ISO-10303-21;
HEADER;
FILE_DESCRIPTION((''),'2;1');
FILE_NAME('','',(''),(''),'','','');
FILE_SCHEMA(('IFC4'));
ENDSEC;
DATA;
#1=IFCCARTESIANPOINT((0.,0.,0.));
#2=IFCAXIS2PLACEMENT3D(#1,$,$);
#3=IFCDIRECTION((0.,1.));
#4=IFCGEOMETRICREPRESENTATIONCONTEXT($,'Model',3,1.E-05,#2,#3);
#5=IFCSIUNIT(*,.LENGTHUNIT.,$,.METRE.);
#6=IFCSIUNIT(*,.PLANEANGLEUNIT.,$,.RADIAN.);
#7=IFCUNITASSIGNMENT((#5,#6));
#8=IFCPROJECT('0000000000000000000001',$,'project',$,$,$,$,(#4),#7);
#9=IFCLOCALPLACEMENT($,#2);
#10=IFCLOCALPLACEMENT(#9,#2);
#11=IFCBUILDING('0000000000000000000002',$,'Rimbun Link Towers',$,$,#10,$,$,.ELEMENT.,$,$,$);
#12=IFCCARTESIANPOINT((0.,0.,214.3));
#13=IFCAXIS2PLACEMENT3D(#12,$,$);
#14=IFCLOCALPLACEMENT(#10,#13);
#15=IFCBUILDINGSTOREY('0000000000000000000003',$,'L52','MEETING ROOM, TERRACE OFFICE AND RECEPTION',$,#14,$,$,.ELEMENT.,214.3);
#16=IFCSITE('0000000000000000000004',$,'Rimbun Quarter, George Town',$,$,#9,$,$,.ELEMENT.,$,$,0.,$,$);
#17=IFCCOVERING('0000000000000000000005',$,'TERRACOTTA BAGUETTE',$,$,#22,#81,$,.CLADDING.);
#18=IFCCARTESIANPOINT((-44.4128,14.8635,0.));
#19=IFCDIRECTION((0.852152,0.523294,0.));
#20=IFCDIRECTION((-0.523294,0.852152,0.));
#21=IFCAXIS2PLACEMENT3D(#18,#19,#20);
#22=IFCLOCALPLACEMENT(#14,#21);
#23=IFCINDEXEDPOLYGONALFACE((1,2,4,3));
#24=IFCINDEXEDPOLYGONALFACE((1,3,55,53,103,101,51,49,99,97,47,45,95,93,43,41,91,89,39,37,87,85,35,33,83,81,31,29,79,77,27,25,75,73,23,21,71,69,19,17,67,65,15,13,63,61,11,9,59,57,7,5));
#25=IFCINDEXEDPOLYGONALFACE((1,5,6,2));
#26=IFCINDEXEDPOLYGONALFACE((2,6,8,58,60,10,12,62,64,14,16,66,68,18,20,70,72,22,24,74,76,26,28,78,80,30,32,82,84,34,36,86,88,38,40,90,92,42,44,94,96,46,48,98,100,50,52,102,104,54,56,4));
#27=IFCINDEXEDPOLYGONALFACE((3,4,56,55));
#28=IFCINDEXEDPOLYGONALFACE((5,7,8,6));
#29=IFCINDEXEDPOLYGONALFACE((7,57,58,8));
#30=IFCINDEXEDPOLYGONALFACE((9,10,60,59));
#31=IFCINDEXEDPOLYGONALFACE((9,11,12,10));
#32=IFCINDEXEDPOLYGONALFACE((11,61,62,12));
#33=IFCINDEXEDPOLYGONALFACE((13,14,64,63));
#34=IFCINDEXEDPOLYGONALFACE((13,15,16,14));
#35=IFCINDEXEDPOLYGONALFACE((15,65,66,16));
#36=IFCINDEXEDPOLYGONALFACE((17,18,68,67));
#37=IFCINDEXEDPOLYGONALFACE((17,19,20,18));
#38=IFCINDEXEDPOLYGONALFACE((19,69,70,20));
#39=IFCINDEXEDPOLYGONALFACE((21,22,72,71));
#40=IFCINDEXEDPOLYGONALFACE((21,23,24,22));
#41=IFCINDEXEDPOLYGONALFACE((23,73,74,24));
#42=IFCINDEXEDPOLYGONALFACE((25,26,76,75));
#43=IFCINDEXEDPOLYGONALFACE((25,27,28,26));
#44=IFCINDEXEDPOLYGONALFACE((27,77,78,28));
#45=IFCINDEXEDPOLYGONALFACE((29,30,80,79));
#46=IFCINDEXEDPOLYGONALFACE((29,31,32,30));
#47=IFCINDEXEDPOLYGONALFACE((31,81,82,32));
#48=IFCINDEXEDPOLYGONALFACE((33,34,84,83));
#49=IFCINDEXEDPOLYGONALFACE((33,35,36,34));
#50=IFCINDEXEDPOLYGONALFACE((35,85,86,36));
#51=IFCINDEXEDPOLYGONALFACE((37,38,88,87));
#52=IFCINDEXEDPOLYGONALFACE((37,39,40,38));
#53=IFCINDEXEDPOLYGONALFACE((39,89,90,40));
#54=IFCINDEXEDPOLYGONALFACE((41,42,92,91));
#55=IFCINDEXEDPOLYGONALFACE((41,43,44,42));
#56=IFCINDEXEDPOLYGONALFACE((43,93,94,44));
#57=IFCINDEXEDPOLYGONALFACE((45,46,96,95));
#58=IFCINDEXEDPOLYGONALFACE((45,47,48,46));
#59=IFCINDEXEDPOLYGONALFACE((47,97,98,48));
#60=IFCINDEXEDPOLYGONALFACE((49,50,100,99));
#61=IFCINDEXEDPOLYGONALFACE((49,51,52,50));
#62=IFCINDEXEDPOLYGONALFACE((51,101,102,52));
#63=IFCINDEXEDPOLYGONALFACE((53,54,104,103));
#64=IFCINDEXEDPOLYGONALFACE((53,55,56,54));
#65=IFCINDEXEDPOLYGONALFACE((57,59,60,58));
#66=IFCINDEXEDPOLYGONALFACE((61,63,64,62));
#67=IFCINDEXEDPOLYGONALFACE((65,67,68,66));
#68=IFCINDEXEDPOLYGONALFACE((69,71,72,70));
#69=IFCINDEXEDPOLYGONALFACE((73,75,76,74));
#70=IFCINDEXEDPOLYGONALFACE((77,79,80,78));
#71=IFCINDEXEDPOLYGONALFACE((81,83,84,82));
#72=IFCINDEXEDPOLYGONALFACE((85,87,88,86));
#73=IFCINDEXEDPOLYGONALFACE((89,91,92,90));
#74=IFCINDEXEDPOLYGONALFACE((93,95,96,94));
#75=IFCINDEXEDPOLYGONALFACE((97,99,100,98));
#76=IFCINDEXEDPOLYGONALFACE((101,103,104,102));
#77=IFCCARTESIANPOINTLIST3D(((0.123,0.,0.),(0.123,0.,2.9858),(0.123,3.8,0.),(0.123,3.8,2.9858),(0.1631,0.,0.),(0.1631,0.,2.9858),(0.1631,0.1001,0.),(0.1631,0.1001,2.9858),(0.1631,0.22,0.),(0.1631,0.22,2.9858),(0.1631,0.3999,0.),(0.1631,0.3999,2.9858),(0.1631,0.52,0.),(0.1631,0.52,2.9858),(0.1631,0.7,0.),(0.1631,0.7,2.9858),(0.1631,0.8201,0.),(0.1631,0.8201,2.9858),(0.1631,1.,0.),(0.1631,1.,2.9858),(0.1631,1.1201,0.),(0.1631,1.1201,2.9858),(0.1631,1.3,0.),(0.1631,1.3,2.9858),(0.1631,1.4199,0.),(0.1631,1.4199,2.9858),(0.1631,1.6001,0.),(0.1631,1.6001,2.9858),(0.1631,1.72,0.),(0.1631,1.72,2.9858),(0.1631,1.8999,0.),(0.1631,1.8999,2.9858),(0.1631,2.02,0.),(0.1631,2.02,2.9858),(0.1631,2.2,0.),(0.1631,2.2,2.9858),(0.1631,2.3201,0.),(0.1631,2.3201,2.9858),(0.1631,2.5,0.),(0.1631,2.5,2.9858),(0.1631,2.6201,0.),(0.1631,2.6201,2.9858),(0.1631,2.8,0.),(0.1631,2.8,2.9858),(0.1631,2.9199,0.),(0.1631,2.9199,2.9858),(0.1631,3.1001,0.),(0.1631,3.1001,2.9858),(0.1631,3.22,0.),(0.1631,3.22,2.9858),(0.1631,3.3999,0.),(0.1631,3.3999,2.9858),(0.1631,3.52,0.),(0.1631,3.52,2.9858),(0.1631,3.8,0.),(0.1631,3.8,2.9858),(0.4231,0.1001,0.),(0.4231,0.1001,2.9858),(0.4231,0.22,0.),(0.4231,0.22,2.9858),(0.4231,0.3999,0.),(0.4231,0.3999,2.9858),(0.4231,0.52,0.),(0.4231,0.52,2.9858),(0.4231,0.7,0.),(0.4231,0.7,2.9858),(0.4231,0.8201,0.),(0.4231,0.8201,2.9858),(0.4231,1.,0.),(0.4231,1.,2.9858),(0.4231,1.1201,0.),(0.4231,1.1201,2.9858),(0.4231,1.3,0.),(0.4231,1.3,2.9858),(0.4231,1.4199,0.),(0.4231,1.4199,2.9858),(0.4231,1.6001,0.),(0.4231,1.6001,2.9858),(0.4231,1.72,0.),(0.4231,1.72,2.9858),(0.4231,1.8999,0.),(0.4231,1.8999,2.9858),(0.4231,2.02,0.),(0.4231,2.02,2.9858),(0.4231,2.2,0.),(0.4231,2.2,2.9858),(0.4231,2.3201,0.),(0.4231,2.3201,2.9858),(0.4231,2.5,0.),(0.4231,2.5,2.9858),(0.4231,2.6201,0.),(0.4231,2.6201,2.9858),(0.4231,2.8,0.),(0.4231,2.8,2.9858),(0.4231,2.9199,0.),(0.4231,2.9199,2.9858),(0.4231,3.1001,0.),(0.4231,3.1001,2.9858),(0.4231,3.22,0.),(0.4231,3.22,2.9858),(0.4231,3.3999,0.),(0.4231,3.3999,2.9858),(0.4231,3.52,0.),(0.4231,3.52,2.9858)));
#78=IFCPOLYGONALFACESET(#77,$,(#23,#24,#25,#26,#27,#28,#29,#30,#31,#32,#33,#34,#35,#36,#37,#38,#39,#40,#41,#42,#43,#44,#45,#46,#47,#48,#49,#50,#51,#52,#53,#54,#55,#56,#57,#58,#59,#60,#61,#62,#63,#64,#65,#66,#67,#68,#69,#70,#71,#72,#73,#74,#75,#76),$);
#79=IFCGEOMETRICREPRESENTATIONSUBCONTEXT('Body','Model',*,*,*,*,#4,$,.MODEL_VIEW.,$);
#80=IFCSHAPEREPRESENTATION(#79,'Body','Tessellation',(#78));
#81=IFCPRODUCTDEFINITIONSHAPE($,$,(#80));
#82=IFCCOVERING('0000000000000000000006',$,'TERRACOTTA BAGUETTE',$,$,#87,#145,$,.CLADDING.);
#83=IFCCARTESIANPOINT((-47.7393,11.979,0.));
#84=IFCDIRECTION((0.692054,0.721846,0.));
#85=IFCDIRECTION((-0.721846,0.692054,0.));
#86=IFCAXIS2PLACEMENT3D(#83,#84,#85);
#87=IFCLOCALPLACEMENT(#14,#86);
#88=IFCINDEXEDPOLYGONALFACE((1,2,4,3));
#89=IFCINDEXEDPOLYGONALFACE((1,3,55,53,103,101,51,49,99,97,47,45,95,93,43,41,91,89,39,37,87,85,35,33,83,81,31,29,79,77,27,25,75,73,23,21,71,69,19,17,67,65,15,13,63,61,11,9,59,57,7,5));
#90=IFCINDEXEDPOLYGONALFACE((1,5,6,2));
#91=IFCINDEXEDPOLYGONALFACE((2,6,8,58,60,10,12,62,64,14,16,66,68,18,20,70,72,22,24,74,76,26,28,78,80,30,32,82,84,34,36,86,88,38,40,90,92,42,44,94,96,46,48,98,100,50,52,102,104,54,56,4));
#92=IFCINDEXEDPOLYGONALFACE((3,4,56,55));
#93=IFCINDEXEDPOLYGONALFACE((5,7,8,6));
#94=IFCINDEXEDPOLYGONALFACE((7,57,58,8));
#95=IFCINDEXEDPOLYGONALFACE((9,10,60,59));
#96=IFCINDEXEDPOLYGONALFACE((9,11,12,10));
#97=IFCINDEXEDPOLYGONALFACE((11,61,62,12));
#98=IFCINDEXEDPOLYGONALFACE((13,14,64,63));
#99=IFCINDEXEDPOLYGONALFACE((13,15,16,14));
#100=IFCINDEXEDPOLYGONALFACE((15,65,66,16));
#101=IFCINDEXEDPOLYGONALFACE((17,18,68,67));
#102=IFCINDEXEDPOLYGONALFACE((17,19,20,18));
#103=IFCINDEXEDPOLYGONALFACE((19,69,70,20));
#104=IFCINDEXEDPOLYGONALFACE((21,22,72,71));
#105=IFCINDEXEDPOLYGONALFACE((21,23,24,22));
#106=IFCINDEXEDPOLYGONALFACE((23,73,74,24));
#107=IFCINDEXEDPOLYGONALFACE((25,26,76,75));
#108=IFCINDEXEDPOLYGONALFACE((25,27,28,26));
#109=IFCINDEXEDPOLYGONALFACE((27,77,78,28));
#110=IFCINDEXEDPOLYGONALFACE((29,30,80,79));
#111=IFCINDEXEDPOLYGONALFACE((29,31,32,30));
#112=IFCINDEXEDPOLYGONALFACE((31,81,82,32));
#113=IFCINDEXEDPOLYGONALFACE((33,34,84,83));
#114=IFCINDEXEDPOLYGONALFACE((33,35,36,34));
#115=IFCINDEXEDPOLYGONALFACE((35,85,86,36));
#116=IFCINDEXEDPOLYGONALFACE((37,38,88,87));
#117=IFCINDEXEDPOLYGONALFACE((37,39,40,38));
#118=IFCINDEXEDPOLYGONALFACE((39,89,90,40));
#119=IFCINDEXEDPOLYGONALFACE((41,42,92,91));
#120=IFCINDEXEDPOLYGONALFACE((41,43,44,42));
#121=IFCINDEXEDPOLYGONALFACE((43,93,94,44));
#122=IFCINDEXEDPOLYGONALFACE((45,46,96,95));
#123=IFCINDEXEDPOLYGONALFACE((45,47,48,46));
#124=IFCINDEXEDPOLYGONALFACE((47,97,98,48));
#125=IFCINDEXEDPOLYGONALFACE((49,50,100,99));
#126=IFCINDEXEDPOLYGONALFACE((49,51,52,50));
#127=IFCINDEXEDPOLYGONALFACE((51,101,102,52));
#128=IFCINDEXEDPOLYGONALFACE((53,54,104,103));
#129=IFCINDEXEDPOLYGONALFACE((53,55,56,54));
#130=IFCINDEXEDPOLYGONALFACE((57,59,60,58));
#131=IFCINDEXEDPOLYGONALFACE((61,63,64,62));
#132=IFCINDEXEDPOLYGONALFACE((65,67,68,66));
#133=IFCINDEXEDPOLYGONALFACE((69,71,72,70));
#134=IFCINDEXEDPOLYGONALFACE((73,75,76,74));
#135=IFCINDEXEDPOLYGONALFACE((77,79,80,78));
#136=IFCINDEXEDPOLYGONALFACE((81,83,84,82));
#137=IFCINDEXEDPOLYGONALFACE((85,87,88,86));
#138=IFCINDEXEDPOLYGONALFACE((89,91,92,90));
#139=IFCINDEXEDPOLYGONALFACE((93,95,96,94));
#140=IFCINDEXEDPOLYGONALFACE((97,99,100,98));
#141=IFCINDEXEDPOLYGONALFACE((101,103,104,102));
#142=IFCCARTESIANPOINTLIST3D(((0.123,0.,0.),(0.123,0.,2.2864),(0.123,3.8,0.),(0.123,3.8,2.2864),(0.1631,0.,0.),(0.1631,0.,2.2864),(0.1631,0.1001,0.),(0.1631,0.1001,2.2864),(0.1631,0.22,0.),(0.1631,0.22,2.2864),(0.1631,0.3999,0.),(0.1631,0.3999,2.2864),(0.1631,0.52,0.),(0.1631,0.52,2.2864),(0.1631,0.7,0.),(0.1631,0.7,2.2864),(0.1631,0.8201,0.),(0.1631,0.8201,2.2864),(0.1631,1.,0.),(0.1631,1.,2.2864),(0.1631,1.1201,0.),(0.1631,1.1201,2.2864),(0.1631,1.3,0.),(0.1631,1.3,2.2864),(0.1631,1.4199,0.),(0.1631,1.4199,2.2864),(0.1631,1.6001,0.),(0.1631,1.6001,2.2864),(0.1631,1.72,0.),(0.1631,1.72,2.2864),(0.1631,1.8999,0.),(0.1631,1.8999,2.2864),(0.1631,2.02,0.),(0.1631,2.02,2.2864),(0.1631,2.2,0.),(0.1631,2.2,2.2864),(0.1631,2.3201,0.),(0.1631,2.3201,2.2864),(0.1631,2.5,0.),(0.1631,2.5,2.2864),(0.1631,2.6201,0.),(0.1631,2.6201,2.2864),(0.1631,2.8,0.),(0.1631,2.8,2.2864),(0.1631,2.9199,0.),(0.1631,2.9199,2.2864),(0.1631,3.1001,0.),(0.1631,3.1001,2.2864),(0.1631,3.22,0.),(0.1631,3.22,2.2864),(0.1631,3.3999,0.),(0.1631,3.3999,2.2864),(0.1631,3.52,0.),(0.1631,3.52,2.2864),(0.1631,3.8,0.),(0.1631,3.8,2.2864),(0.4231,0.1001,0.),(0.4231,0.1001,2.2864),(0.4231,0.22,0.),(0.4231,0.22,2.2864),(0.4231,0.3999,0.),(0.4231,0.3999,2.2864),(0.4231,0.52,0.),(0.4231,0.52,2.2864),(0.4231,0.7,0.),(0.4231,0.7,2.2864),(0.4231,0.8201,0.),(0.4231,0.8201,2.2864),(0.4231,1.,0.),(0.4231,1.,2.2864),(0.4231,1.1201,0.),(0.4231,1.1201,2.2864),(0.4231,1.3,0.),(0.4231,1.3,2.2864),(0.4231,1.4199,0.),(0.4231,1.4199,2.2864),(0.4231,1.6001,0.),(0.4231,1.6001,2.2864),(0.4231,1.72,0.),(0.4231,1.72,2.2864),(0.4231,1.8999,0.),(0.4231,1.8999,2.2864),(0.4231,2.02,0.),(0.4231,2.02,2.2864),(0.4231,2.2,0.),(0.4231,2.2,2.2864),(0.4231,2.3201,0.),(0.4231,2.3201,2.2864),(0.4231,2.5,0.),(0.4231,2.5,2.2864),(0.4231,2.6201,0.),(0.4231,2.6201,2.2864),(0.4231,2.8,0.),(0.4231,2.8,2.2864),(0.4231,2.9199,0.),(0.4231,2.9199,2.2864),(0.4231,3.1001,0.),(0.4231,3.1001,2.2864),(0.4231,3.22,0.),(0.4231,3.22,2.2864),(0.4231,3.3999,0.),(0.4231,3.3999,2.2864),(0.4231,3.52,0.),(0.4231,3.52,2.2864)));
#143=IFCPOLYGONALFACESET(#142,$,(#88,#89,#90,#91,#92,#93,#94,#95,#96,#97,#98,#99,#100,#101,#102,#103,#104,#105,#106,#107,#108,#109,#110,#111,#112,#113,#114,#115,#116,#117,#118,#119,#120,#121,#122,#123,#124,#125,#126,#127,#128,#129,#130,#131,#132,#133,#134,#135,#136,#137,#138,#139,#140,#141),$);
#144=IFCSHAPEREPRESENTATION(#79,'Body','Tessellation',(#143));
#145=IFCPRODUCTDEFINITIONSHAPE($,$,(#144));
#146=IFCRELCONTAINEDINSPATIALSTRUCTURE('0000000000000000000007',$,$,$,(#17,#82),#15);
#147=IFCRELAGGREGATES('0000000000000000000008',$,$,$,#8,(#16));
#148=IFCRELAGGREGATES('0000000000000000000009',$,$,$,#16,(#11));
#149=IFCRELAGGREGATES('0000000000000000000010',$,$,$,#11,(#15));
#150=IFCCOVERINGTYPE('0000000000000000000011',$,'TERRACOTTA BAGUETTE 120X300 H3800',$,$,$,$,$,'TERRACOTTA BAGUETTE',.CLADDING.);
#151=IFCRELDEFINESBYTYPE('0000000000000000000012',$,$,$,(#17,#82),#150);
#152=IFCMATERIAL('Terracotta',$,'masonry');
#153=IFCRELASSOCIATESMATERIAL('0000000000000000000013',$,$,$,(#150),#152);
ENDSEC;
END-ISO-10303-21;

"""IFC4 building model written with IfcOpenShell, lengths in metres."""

from ifc_helpers import new_model, si_unit, direction, frame, origin, place, context, subcontext, project, spatial, polyline, outline, extrude, material, material_profile, profile_set, type_object, element, save


model = new_model("IFC4")

# Units and contexts
model_context = context("Model", 3, precision=1e-05, world=origin(), true_north=direction((0.0, 1.0)))
body_context = subcontext(model_context, "Body", "Model", "MODEL_VIEW")
ifc_project = project(units=[si_unit("LENGTHUNIT", "METRE"), si_unit("PLANEANGLEUNIT", "RADIAN")], contexts=[model_context])

# Site, building, storey
site_placement = place(None, origin())
site = spatial("IfcSite", under=ifc_project, at=site_placement, Name="Rimbun Quarter, George Town", CompositionType="ELEMENT", RefElevation=0.0)
building_placement = place(site_placement, origin())
building = spatial("IfcBuilding", under=site, at=building_placement, Name="Rimbun Link Towers", CompositionType="ELEMENT")
storey_placement = place(building_placement, frame((0.0, 0.0, 214.3)))
storey = spatial("IfcBuildingStorey", under=building, at=storey_placement, Name="L52", Description="MEETING ROOM, TERRACE OFFICE AND RECEPTION", CompositionType="ELEMENT", Elevation=214.3)

# Coverings
ifc_material_1 = material(Name="Terracotta", Category="masonry")
ifc_material_profile_1 = material_profile(ifc_material_1, outline(polyline([(0.123, 0.0), (0.1631, 0.0), (0.1631, 0.1001), (0.4231, 0.1001), (0.4231, 0.22), (0.1631, 0.22), (0.1631, 0.3999), (0.4231, 0.3999), (0.4231, 0.52), (0.1631, 0.52), (0.1631, 0.7), (0.4231, 0.7), (0.4231, 0.8201), (0.1631, 0.8201), (0.1631, 1.0), (0.4231, 1.0), (0.4231, 1.1201), (0.1631, 1.1201), (0.1631, 1.3), (0.4231, 1.3), (0.4231, 1.4199), (0.1631, 1.4199), (0.1631, 1.6001), (0.4231, 1.6001), (0.4231, 1.72), (0.1631, 1.72), (0.1631, 1.8999), (0.4231, 1.8999), (0.4231, 2.02), (0.1631, 2.02), (0.1631, 2.2), (0.4231, 2.2), (0.4231, 2.3201), (0.1631, 2.3201), (0.1631, 2.5), (0.4231, 2.5), (0.4231, 2.6201), (0.1631, 2.6201), (0.1631, 2.8), (0.4231, 2.8), (0.4231, 2.9199), (0.1631, 2.9199), (0.1631, 3.1001), (0.4231, 3.1001), (0.4231, 3.22), (0.1631, 3.22), (0.1631, 3.3999), (0.4231, 3.3999), (0.4231, 3.52), (0.1631, 3.52), (0.1631, 3.8), (0.123, 3.8), (0.123, 0.0)])), Name="BAGUETTE 120X300")
ifc_profile_set_1 = profile_set([ifc_material_profile_1], Name="Terracotta")
covering_type = type_object("IfcCoveringType", Name="TERRACOTTA BAGUETTE 120X300 H3800", ElementType="TERRACOTTA BAGUETTE", PredefinedType="CLADDING", material=ifc_profile_set_1)
covering_1_placement = place(storey_placement, frame((-44.4128, 14.8635, 0.0), z_axis=(0.852152, 0.523294, 0.0), x_axis=(-0.523294, 0.852152, 0.0)))
element("IfcCovering", 1, at=covering_1_placement, inside=storey, type_object=covering_type, Name="TERRACOTTA BAGUETTE", PredefinedType="CLADDING", context=body_context, shape_type="SweptSolid", body=[
    extrude(outline(polyline([(0.123, 0.0), (0.1631, 0.0), (0.1631, 0.1001), (0.4231, 0.1001), (0.4231, 0.22), (0.1631, 0.22), (0.1631, 0.3999), (0.4231, 0.3999), (0.4231, 0.52), (0.1631, 0.52), (0.1631, 0.7), (0.4231, 0.7), (0.4231, 0.8201), (0.1631, 0.8201), (0.1631, 1.0), (0.4231, 1.0), (0.4231, 1.1201), (0.1631, 1.1201), (0.1631, 1.3), (0.4231, 1.3), (0.4231, 1.4199), (0.1631, 1.4199), (0.1631, 1.6001), (0.4231, 1.6001), (0.4231, 1.72), (0.1631, 1.72), (0.1631, 1.8999), (0.4231, 1.8999), (0.4231, 2.02), (0.1631, 2.02), (0.1631, 2.2), (0.4231, 2.2), (0.4231, 2.3201), (0.1631, 2.3201), (0.1631, 2.5), (0.4231, 2.5), (0.4231, 2.6201), (0.1631, 2.6201), (0.1631, 2.8), (0.4231, 2.8), (0.4231, 2.9199), (0.1631, 2.9199), (0.1631, 3.1001), (0.4231, 3.1001), (0.4231, 3.22), (0.1631, 3.22), (0.1631, 3.3999), (0.4231, 3.3999), (0.4231, 3.52), (0.1631, 3.52), (0.1631, 3.8), (0.123, 3.8), (0.123, 0.0)])), origin(), (0.0, 0.0, 1.0), 2.9858),
])
covering_2_placement = place(storey_placement, frame((-47.7393, 11.979, 0.0), z_axis=(0.692054, 0.721846, 0.0), x_axis=(-0.721846, 0.692054, 0.0)))
element("IfcCovering", 2, at=covering_2_placement, inside=storey, type_object=covering_type, Name="TERRACOTTA BAGUETTE", PredefinedType="CLADDING", context=body_context, shape_type="SweptSolid", body=[
    extrude(outline(polyline([(0.123, 0.0), (0.1631, 0.0), (0.1631, 0.1001), (0.4231, 0.1001), (0.4231, 0.22), (0.1631, 0.22), (0.1631, 0.3999), (0.4231, 0.3999), (0.4231, 0.52), (0.1631, 0.52), (0.1631, 0.7), (0.4231, 0.7), (0.4231, 0.8201), (0.1631, 0.8201), (0.1631, 1.0), (0.4231, 1.0), (0.4231, 1.1201), (0.1631, 1.1201), (0.1631, 1.3), (0.4231, 1.3), (0.4231, 1.4199), (0.1631, 1.4199), (0.1631, 1.6001), (0.4231, 1.6001), (0.4231, 1.72), (0.1631, 1.72), (0.1631, 1.8999), (0.4231, 1.8999), (0.4231, 2.02), (0.1631, 2.02), (0.1631, 2.2), (0.4231, 2.2), (0.4231, 2.3201), (0.1631, 2.3201), (0.1631, 2.5), (0.4231, 2.5), (0.4231, 2.6201), (0.1631, 2.6201), (0.1631, 2.8), (0.4231, 2.8), (0.4231, 2.9199), (0.1631, 2.9199), (0.1631, 3.1001), (0.4231, 3.1001), (0.4231, 3.22), (0.1631, 3.22), (0.1631, 3.3999), (0.4231, 3.3999), (0.4231, 3.52), (0.1631, 3.52), (0.1631, 3.8), (0.123, 3.8), (0.123, 0.0)])), origin(), (0.0, 0.0, 1.0), 2.2864),
])

save(model, "model.ifc")
